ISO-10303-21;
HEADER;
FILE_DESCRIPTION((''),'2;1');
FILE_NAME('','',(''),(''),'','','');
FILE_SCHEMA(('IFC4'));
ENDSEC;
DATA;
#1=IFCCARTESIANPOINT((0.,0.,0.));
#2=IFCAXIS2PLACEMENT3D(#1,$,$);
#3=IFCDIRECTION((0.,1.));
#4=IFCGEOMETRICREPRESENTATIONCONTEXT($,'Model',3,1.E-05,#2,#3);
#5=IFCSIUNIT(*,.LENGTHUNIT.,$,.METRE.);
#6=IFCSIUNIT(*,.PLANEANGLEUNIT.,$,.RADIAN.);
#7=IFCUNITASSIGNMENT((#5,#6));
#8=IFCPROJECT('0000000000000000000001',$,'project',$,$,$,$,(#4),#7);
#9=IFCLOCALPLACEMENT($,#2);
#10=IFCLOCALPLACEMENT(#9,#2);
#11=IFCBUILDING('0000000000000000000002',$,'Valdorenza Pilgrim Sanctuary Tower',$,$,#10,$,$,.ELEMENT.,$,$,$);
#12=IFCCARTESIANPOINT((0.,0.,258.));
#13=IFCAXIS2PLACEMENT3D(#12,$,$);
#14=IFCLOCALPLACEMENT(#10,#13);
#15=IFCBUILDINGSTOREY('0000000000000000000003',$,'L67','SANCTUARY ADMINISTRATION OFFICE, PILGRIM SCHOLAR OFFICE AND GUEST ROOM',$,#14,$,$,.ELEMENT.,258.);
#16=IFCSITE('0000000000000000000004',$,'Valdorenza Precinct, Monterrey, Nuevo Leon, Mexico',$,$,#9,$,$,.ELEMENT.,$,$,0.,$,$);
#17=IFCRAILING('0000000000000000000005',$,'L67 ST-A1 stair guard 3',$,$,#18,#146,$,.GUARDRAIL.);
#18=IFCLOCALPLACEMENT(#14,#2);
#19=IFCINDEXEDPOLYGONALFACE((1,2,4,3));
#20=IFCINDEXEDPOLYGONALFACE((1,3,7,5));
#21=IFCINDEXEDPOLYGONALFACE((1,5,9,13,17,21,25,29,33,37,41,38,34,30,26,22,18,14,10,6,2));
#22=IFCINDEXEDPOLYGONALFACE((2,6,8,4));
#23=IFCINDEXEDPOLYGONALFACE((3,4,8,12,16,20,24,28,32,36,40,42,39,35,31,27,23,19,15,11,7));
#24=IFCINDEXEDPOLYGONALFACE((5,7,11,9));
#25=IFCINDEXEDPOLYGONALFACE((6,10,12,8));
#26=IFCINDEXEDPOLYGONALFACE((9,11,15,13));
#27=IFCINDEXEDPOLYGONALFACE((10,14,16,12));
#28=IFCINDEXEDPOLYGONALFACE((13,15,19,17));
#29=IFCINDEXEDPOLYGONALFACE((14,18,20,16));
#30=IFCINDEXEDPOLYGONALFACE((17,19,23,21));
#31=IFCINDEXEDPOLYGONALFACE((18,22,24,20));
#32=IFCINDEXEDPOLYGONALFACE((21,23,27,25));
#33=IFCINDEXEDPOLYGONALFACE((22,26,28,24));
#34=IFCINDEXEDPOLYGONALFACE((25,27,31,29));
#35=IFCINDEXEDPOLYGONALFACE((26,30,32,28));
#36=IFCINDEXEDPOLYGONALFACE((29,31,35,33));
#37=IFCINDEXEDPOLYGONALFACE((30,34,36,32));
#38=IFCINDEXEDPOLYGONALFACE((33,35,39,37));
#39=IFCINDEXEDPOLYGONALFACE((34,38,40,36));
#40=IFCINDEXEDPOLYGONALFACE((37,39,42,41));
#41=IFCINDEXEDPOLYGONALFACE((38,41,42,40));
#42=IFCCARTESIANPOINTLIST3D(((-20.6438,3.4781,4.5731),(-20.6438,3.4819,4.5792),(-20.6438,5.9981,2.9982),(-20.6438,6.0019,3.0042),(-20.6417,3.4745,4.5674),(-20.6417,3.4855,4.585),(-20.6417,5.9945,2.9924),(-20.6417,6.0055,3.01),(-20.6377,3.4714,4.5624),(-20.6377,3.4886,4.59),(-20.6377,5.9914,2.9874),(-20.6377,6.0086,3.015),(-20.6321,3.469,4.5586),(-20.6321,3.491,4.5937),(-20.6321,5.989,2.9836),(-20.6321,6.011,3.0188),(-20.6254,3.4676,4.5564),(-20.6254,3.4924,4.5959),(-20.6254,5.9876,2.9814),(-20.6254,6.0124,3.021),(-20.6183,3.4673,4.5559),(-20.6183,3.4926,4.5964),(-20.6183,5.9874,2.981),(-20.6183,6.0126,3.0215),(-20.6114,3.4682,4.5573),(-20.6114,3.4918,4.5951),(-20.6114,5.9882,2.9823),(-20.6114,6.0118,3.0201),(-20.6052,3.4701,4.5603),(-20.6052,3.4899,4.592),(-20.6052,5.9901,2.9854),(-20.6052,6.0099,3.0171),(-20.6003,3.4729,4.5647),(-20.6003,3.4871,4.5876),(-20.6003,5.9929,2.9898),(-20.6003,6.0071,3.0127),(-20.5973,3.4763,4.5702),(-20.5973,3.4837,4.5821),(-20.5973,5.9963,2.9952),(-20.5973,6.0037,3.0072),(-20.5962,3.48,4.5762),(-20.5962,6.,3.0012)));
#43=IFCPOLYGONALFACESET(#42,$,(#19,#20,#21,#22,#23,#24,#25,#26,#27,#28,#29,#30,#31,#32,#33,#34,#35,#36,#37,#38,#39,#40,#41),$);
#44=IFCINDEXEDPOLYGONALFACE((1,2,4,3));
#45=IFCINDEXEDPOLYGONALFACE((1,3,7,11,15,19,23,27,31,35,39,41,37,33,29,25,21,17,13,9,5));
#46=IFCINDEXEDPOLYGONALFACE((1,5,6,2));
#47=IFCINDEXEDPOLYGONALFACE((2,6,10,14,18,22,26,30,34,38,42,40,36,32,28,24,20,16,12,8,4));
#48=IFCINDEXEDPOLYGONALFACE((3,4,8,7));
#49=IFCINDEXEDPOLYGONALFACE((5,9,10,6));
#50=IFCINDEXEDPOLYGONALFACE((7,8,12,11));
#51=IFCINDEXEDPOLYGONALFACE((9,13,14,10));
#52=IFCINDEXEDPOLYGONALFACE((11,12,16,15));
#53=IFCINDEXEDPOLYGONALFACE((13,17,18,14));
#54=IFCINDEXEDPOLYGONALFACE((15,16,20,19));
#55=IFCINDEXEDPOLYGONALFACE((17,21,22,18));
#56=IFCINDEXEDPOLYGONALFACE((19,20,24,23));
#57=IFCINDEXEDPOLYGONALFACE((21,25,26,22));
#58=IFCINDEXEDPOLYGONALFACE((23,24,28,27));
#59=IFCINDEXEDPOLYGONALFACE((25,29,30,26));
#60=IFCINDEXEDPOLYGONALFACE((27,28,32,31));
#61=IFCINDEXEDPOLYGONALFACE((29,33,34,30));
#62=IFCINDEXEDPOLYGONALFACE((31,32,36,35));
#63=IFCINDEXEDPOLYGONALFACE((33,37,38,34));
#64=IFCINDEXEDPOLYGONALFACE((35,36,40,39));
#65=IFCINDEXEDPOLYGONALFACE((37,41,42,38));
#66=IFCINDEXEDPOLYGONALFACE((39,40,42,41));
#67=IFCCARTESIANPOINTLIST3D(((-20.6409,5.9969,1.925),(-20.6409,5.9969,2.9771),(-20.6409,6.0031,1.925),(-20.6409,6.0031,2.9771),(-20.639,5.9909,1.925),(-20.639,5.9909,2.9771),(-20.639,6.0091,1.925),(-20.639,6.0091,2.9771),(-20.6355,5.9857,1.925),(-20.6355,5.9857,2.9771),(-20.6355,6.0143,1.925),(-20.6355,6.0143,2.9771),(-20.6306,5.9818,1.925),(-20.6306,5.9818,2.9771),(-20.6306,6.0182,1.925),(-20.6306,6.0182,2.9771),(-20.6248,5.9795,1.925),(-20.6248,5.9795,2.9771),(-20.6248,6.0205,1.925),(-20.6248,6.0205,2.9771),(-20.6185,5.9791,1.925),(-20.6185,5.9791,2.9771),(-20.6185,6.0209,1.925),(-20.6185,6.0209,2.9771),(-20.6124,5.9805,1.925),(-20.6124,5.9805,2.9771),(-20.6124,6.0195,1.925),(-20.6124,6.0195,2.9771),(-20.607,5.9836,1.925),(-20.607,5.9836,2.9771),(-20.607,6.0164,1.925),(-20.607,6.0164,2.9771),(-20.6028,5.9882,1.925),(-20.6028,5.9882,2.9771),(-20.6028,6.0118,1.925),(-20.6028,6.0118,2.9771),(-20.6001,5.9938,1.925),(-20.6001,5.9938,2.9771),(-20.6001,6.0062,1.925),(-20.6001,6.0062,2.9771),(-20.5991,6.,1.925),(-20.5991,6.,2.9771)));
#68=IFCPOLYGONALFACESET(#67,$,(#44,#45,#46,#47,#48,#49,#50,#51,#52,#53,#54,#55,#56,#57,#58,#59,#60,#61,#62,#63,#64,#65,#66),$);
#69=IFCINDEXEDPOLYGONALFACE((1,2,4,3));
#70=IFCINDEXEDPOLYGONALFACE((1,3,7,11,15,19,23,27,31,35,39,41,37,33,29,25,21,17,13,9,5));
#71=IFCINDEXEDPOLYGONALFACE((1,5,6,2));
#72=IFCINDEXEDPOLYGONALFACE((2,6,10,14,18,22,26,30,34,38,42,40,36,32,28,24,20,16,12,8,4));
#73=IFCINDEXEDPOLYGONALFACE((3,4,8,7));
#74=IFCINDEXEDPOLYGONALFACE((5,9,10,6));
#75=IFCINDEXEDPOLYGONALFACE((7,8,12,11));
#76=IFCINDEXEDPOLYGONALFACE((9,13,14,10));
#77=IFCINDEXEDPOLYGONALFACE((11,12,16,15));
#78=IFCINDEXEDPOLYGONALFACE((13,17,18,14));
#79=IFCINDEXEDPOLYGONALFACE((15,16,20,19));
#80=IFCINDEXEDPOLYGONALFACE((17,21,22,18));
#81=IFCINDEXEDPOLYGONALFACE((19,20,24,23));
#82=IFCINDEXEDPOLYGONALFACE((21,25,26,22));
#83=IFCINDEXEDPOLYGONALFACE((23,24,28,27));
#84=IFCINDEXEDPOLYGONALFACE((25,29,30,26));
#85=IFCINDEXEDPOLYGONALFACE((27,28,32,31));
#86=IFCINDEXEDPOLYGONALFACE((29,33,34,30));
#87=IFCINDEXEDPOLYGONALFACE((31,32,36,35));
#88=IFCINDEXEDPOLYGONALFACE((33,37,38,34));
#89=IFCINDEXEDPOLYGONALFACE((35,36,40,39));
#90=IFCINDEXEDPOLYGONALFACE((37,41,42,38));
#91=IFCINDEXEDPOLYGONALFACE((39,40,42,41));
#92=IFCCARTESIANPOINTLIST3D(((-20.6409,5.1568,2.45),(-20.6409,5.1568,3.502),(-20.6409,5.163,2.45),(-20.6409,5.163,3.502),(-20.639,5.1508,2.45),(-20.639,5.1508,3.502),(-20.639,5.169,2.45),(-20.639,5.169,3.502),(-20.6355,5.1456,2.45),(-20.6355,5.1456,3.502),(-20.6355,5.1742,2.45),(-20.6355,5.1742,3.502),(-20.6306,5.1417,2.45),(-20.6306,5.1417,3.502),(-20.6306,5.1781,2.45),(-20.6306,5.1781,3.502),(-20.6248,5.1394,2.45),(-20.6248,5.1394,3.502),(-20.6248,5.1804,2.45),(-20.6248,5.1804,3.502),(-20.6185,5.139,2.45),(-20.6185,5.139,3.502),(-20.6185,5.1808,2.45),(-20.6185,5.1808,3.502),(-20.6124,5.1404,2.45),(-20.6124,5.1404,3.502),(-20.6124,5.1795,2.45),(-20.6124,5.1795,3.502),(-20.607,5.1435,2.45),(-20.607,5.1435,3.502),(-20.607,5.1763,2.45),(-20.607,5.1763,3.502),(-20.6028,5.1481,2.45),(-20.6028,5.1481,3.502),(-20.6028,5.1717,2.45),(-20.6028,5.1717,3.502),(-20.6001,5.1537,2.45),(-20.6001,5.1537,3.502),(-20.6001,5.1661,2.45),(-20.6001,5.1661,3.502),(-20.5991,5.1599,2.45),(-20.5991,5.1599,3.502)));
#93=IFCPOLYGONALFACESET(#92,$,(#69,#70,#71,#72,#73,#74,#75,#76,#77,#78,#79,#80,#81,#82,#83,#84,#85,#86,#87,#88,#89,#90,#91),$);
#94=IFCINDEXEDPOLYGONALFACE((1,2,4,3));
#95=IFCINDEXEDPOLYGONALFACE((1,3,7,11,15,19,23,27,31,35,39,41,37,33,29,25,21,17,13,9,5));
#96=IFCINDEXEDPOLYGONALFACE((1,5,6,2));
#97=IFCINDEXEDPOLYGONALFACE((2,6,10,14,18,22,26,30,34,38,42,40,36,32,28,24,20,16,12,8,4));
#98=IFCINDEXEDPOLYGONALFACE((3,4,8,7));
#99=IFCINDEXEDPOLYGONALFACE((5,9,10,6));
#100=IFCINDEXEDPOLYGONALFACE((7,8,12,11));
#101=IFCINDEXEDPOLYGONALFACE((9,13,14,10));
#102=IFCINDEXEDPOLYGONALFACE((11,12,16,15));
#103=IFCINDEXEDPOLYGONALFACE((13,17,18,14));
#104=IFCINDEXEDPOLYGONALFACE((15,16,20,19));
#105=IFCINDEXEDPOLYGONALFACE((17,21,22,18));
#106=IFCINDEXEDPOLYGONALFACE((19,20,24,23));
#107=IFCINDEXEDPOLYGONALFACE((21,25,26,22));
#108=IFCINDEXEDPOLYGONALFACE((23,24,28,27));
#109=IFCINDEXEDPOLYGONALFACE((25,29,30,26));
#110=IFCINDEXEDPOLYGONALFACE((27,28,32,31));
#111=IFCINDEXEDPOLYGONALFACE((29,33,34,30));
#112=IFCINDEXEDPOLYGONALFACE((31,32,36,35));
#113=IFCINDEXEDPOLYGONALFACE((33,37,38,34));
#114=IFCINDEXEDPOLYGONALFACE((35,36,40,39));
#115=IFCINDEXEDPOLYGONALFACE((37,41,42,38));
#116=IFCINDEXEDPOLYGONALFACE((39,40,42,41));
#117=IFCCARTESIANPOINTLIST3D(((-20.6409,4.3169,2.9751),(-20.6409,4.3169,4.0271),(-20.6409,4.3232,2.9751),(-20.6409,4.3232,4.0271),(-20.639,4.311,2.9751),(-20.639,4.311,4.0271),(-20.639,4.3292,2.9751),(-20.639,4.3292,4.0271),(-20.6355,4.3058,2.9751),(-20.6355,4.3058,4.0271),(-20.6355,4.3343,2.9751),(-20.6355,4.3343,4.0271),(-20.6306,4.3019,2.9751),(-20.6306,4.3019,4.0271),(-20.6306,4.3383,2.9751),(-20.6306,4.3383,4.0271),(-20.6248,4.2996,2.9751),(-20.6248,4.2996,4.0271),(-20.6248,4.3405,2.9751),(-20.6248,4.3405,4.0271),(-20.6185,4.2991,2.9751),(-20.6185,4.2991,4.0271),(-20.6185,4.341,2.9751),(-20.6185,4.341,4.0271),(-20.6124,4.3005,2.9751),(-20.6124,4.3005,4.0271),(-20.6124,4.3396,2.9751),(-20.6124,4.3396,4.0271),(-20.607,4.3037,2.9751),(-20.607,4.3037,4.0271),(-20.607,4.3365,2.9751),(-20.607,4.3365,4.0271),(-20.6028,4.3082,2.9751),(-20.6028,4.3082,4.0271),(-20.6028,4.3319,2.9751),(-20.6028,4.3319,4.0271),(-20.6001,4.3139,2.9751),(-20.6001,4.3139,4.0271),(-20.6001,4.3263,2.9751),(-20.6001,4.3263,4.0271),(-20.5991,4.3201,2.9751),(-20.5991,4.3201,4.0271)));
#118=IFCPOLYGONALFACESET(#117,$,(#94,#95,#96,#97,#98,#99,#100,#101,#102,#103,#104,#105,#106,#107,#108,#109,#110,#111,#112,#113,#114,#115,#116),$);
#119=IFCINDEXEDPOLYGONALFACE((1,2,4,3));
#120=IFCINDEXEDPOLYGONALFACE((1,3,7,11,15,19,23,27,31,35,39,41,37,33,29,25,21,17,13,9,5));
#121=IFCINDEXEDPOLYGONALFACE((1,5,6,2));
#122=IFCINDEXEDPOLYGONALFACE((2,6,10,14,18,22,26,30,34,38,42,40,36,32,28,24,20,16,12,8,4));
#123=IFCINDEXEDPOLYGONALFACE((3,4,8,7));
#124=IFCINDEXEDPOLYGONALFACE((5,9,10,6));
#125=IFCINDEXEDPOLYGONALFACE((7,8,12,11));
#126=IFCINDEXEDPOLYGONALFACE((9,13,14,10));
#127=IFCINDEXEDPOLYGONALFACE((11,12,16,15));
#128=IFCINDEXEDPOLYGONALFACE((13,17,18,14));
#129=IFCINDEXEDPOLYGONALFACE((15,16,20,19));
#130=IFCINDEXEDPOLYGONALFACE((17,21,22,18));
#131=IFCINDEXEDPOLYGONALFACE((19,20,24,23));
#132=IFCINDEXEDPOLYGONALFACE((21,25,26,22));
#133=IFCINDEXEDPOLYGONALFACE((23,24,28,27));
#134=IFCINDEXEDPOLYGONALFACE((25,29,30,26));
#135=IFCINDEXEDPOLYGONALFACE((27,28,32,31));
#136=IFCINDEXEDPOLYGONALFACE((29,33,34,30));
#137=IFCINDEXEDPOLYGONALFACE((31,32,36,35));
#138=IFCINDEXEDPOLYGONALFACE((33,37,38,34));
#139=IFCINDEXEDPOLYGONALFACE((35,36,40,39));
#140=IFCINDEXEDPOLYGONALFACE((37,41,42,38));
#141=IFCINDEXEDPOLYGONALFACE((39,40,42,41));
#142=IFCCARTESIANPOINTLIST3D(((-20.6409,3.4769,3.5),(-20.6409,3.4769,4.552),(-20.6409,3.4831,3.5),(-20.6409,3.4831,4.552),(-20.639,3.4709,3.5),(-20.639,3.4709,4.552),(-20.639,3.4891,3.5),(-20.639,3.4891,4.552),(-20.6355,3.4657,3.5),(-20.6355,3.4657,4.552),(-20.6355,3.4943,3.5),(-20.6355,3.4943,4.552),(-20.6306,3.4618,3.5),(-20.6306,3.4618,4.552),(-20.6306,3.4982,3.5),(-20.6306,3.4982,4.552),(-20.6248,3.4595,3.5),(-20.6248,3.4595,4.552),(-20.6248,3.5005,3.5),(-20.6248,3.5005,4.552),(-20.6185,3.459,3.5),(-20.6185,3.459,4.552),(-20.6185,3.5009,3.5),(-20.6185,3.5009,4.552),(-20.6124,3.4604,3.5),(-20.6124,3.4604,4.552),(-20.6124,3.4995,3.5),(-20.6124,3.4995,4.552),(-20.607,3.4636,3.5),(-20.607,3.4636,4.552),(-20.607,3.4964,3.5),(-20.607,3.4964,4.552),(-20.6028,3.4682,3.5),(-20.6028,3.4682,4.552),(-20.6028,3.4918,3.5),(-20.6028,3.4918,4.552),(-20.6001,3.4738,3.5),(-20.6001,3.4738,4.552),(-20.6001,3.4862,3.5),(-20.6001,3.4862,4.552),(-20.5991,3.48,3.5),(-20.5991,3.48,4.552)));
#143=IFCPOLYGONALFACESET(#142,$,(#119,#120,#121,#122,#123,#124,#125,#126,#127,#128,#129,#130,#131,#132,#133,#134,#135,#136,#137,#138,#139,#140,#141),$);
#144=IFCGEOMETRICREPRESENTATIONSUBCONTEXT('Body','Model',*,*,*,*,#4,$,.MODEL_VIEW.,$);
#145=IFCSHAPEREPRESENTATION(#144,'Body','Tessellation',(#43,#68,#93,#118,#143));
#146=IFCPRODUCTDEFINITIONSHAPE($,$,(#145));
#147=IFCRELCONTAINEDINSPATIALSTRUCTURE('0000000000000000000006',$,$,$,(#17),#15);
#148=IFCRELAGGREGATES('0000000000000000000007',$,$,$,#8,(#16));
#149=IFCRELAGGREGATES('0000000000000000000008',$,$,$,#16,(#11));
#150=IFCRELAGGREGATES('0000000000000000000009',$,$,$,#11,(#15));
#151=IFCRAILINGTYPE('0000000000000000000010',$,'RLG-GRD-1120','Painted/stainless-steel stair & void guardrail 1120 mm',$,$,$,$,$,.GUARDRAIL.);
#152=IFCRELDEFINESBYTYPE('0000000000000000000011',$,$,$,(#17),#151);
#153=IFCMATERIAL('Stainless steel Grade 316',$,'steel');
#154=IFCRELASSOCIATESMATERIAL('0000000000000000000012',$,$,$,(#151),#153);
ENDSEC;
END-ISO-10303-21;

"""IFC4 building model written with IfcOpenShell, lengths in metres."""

from ifc_helpers import new_model, si_unit, direction, frame, origin, origin_2d, place, context, subcontext, project, spatial, circle, extrude, material, type_object, element, save


model = new_model("IFC4")

# Units and contexts
model_context = context("Model", 3, precision=1e-05, world=origin(), true_north=direction((0.0, 1.0)))
body_context = subcontext(model_context, "Body", "Model", "MODEL_VIEW")
ifc_project = project(units=[si_unit("LENGTHUNIT", "METRE"), si_unit("PLANEANGLEUNIT", "RADIAN")], contexts=[model_context])

# Site, building, storey
site_placement = place(None, origin())
site = spatial("IfcSite", under=ifc_project, at=site_placement, Name="Valdorenza Precinct, Monterrey, Nuevo Leon, Mexico", CompositionType="ELEMENT", RefElevation=0.0)
building_placement = place(site_placement, origin())
building = spatial("IfcBuilding", under=site, at=building_placement, Name="Valdorenza Pilgrim Sanctuary Tower", CompositionType="ELEMENT")
storey_placement = place(building_placement, frame((0.0, 0.0, 258.0)))
storey = spatial("IfcBuildingStorey", under=building, at=storey_placement, Name="L67", Description="SANCTUARY ADMINISTRATION OFFICE, PILGRIM SCHOLAR OFFICE AND GUEST ROOM", CompositionType="ELEMENT", Elevation=258.0)

# Railing
ifc_material_1 = material(Name="Stainless steel Grade 316", Category="steel")
railing_type_1 = type_object("IfcRailingType", Name="RLG-GRD-1120", Description="Painted/stainless-steel stair & void guardrail 1120 mm", PredefinedType="GUARDRAIL", material=ifc_material_1)
railing_1_placement = place(storey_placement, frame((-20.6201, 6.0, 1.925)))
element("IfcRailing", 1, at=railing_1_placement, inside=storey, type_object=railing_type_1, Name="L67 ST-A1 stair guard 3", PredefinedType="GUARDRAIL", context=body_context, shape_type="SweptSolid", body=[
    extrude(circle(Radius=0.0239, at=origin_2d()), frame((0.0, 0.0, 1.0762), z_axis=(0.0, -0.848008, 0.529984), x_axis=(1.0, 0.0, 0.0)), (0.0, 0.0, 1.0), 2.9717),
    extrude(circle(Radius=0.021, at=origin_2d()), origin(), (0.0, 0.0, 1.0), 1.052),
    extrude(circle(Radius=0.021, at=origin_2d()), frame((0.0, -0.8401, 0.5249)), (0.0, 0.0, 1.0), 1.052),
    extrude(circle(Radius=0.021, at=origin_2d()), frame((0.0, -1.6799, 1.05)), (0.0, 0.0, 1.0), 1.052),
    extrude(circle(Radius=0.021, at=origin_2d()), frame((0.0, -2.52, 1.575)), (0.0, 0.0, 1.0), 1.052),
])

save(model, "model.ifc")
